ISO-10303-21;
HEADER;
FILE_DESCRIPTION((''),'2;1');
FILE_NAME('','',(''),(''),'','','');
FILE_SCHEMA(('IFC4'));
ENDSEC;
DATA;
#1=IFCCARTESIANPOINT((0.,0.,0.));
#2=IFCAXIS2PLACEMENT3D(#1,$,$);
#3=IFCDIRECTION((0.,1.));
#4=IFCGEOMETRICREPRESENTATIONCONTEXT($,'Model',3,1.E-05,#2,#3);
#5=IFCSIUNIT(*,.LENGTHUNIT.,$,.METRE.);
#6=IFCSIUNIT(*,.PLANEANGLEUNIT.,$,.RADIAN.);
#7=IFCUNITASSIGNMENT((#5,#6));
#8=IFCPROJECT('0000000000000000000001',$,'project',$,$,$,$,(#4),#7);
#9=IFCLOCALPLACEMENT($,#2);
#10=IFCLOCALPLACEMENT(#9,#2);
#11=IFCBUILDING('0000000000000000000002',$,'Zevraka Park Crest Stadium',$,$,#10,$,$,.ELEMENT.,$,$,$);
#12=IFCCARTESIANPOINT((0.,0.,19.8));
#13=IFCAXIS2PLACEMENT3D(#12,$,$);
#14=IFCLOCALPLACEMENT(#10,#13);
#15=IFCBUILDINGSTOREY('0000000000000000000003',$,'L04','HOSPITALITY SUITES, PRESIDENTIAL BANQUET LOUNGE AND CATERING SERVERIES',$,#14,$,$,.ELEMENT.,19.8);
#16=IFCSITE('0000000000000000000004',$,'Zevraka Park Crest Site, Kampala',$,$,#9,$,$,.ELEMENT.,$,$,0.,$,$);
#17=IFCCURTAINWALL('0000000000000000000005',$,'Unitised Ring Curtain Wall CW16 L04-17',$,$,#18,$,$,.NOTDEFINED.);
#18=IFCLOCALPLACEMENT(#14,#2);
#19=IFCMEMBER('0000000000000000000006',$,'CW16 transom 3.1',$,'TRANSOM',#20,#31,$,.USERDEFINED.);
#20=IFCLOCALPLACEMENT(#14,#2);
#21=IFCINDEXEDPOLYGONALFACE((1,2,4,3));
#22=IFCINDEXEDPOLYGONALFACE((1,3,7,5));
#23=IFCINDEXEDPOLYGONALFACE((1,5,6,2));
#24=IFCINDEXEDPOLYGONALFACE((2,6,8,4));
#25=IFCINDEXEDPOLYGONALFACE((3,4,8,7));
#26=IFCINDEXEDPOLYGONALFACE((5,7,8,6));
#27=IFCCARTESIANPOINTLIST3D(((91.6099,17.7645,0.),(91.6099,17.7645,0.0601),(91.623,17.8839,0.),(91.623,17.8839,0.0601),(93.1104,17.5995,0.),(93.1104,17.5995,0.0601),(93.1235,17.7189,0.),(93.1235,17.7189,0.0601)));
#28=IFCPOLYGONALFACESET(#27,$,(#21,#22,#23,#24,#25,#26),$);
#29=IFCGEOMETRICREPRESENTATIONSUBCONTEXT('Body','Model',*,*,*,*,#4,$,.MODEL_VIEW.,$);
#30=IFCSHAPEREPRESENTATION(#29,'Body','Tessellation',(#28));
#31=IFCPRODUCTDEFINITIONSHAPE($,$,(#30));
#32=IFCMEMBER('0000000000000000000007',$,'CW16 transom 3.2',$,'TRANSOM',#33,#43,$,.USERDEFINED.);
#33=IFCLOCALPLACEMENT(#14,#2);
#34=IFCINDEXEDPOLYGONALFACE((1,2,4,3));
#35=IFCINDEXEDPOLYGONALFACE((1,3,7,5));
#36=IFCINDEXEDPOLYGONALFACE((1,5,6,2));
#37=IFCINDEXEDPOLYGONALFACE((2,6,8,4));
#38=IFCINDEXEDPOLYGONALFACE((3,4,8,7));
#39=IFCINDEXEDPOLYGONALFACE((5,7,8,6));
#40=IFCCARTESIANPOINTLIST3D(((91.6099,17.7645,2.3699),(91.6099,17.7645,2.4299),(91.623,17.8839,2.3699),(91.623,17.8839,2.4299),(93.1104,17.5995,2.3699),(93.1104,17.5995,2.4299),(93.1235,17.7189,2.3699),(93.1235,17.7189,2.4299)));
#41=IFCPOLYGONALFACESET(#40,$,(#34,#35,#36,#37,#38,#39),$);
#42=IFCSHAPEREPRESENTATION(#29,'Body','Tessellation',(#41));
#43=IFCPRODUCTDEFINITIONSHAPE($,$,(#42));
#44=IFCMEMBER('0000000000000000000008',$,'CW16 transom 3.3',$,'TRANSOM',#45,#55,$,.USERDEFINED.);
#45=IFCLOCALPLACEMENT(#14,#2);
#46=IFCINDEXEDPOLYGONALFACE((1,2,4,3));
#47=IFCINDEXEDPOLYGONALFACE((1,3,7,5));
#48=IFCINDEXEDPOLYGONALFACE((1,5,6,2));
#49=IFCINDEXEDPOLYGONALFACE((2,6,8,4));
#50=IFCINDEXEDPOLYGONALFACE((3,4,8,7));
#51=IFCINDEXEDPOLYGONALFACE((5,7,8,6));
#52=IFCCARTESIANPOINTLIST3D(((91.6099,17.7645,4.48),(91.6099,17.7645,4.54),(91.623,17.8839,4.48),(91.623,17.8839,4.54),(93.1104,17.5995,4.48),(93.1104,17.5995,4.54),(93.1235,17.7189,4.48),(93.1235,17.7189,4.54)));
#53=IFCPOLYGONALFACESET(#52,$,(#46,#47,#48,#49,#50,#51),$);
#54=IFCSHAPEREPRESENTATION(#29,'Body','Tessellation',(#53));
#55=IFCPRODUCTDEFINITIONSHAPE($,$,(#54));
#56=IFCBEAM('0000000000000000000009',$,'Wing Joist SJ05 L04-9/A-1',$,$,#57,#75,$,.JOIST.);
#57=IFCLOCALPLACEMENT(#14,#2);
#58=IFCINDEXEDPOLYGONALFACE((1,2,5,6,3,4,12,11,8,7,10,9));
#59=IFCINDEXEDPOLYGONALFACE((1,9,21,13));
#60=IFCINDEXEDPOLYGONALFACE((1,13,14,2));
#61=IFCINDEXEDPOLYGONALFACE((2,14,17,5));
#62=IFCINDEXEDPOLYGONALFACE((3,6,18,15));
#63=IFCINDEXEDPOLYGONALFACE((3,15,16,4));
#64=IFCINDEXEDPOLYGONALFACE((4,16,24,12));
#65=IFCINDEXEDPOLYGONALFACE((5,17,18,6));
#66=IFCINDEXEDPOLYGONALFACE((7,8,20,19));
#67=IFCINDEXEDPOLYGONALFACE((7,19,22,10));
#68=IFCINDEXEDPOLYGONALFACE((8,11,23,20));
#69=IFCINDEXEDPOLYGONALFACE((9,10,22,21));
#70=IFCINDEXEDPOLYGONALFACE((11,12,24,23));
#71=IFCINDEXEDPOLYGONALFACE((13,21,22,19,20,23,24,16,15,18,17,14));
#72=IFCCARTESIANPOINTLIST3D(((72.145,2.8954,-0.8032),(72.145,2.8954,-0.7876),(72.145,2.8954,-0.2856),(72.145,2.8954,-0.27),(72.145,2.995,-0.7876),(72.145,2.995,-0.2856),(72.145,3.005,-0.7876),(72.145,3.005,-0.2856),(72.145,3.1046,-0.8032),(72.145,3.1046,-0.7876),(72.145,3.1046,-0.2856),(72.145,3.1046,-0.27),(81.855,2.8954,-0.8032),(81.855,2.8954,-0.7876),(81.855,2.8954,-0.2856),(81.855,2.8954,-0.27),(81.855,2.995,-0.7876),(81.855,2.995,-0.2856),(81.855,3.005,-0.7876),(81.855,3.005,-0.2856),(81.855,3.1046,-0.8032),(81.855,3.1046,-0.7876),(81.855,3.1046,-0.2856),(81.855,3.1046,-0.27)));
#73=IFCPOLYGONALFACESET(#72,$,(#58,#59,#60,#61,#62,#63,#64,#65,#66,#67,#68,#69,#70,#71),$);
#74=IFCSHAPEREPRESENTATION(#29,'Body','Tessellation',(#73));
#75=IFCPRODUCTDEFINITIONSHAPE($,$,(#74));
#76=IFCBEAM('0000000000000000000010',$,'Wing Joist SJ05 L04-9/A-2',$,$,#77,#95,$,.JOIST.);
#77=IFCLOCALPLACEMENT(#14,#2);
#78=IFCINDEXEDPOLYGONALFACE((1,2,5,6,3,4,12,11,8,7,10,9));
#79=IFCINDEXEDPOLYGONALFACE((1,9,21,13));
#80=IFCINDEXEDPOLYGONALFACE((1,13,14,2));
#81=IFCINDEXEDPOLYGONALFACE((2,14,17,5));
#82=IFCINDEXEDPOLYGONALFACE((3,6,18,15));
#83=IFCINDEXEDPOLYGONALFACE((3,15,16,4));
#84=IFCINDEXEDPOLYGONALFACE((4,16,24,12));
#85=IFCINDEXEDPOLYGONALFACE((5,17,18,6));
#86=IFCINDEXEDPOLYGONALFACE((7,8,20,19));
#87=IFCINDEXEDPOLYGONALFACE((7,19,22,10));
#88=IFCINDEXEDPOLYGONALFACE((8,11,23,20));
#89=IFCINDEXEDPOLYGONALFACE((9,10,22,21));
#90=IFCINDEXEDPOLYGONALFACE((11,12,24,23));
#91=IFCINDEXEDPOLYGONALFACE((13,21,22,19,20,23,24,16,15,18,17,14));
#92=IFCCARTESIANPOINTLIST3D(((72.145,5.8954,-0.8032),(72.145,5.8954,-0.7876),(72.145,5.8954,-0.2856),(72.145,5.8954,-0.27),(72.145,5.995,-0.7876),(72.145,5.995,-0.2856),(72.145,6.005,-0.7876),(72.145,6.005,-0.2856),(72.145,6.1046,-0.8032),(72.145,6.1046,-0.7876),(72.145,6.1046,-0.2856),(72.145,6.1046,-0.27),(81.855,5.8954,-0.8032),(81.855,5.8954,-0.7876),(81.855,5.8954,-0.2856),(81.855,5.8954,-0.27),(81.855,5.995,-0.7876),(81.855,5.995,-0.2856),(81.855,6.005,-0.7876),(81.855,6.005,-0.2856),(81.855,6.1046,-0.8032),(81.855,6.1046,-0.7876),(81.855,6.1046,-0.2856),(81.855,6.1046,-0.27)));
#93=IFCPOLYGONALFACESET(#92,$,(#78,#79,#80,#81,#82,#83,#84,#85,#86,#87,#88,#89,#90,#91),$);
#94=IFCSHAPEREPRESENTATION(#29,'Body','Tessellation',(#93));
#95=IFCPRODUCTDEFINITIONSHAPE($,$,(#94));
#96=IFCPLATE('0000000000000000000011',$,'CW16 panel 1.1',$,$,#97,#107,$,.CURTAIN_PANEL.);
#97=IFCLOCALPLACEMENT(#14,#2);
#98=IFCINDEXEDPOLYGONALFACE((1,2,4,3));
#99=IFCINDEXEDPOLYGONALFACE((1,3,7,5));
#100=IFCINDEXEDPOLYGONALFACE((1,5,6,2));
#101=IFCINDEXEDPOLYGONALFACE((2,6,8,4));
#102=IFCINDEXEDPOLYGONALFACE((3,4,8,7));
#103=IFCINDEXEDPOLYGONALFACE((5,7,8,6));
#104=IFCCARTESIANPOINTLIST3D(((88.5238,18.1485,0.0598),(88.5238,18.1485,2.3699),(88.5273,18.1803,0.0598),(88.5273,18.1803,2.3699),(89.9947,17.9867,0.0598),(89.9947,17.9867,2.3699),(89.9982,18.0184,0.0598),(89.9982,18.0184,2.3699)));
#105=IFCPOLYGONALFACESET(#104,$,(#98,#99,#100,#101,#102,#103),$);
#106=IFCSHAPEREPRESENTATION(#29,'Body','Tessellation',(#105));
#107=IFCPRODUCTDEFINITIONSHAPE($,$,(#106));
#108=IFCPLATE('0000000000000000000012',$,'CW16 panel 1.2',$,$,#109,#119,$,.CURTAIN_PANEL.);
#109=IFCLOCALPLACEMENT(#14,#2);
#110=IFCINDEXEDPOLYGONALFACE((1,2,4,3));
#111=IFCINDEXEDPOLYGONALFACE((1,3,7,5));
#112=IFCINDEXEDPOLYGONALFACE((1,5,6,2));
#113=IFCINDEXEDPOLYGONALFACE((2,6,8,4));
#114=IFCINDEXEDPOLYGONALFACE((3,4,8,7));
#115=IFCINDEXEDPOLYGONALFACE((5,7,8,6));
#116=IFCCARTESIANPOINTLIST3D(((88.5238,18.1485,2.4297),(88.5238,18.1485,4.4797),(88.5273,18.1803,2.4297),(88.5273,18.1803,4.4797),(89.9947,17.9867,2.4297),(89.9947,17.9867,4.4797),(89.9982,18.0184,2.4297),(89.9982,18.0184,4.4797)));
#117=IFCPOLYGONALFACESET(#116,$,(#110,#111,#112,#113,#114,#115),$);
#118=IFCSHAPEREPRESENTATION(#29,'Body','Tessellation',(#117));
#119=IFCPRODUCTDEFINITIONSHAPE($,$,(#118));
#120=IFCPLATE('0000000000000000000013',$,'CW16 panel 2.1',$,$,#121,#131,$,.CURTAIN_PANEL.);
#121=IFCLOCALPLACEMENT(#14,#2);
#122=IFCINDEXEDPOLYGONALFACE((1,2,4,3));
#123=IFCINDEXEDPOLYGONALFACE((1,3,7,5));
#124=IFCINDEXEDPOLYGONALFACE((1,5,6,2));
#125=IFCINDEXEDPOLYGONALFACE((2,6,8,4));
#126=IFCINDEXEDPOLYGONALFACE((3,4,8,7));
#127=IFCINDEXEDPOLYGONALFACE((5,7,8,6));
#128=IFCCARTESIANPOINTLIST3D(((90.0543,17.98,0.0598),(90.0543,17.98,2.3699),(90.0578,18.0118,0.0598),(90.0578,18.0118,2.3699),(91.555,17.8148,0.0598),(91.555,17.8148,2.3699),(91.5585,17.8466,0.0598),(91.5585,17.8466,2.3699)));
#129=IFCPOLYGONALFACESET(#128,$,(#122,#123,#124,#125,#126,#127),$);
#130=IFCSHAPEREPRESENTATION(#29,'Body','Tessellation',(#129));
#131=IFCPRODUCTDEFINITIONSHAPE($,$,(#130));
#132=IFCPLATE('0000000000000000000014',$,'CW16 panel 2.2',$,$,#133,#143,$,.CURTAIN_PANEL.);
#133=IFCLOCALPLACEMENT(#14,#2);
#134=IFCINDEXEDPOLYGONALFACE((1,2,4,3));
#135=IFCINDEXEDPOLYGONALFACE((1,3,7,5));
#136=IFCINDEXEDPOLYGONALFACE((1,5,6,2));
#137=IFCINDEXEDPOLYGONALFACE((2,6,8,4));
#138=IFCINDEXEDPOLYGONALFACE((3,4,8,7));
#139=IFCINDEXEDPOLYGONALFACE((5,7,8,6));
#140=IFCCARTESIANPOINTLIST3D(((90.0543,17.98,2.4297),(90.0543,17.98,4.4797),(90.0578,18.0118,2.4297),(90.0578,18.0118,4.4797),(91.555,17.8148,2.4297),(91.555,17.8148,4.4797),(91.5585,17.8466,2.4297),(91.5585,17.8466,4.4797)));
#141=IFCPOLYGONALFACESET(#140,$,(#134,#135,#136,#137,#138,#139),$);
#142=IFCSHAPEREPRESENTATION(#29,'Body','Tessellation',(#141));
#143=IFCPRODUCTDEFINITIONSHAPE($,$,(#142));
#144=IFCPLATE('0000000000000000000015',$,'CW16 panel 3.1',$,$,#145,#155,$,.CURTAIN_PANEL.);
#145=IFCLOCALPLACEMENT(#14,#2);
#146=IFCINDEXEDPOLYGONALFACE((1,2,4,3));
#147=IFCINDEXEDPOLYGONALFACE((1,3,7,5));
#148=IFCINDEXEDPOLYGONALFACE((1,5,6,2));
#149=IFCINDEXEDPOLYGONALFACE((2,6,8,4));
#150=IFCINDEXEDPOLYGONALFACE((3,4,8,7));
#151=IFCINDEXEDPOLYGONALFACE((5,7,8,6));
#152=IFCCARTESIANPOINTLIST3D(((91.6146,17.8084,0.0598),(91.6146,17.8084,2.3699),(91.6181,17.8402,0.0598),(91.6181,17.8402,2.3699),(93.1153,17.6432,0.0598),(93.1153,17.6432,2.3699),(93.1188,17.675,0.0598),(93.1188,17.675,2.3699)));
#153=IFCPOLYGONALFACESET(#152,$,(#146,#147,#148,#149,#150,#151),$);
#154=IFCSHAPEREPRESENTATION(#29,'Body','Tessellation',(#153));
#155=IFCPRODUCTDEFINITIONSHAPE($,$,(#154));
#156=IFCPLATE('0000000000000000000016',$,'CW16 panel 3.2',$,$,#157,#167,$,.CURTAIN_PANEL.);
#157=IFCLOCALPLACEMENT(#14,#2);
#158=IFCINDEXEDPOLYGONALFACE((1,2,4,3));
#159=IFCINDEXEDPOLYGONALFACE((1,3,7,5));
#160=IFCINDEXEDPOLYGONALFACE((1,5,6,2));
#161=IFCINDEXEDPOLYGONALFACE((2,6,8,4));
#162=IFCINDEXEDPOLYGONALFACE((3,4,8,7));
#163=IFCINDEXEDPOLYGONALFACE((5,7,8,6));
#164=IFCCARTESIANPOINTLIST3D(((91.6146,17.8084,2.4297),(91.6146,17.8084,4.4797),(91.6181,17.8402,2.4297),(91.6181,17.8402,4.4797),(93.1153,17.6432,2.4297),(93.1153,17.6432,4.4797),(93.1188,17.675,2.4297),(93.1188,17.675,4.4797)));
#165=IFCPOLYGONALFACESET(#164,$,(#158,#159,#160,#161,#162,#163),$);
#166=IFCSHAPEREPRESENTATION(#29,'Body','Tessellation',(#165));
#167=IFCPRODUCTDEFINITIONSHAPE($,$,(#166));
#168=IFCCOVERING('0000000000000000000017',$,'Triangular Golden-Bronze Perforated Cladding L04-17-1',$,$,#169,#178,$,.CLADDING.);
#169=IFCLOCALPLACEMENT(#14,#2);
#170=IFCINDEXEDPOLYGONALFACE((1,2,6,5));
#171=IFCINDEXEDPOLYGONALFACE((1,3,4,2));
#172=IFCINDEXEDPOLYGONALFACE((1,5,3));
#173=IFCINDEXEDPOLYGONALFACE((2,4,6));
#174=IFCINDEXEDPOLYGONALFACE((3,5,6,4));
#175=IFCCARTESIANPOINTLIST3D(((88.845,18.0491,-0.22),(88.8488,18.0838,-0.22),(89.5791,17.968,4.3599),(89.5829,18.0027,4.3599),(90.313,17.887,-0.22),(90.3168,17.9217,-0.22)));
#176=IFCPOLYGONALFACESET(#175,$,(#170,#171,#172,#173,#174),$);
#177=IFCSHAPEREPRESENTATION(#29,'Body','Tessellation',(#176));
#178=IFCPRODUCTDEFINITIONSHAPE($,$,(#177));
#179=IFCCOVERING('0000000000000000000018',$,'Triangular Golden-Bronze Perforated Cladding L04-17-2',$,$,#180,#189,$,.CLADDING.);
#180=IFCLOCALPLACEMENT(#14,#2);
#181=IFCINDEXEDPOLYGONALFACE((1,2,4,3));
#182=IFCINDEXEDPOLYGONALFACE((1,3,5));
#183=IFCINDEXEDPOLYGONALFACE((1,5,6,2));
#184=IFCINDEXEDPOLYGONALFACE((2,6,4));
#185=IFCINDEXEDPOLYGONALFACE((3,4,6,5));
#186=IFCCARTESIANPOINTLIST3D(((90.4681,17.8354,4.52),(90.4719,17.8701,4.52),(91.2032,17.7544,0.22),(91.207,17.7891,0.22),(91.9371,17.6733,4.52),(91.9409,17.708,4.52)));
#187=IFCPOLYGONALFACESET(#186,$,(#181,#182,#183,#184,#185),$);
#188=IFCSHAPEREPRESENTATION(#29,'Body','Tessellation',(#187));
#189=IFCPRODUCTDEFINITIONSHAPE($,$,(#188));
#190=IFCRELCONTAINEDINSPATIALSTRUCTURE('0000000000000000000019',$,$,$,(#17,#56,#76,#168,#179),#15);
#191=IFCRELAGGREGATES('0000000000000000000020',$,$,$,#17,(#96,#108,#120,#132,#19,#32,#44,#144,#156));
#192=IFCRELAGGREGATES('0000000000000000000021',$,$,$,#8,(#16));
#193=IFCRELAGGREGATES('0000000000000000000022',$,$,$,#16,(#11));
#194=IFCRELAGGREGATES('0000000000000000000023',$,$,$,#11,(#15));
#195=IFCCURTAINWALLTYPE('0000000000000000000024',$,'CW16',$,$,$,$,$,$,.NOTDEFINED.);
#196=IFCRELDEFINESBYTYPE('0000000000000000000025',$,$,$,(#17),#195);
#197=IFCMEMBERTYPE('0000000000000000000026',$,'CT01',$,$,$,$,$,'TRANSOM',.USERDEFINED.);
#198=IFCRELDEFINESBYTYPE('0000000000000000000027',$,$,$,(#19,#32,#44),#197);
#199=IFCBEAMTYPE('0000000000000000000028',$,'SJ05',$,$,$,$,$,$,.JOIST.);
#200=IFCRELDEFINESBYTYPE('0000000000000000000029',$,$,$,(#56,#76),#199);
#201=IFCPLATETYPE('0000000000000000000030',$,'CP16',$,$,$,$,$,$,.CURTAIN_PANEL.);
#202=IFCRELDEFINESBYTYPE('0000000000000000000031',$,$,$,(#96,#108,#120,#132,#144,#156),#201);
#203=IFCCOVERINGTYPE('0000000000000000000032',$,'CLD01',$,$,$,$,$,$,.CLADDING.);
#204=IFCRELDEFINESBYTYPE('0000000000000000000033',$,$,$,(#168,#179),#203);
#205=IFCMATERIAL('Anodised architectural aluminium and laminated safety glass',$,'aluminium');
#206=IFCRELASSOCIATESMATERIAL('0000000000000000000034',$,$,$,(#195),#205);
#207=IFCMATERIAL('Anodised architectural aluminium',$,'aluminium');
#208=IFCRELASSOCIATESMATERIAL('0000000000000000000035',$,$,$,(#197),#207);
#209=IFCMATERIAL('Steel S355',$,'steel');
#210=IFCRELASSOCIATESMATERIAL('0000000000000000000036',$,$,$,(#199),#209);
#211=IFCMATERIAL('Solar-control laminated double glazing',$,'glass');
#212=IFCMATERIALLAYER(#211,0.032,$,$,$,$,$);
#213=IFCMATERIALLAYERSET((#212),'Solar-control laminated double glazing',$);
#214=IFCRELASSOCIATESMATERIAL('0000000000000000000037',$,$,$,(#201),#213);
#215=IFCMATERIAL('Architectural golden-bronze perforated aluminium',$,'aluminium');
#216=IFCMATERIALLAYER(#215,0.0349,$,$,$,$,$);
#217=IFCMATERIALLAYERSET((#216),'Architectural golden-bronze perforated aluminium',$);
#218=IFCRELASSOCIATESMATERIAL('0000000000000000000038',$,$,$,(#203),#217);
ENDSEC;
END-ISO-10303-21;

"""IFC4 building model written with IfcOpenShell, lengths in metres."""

from ifc_helpers import new_model, si_unit, direction, frame, origin, origin_2d, place, context, subcontext, project, spatial, polyline, rectangle, i_section, outline, extrude, material, layer, layer_set, material_profile, profile_set, type_object, element, aggregate, save


model = new_model("IFC4")

# Units and contexts
model_context = context("Model", 3, precision=1e-05, world=origin(), true_north=direction((0.0, 1.0)))
body_context = subcontext(model_context, "Body", "Model", "MODEL_VIEW")
ifc_project = project(units=[si_unit("LENGTHUNIT", "METRE"), si_unit("PLANEANGLEUNIT", "RADIAN")], contexts=[model_context])

# Site, building, storey
site_placement = place(None, origin())
site = spatial("IfcSite", under=ifc_project, at=site_placement, Name="Zevraka Park Crest Site, Kampala", CompositionType="ELEMENT", RefElevation=0.0)
building_placement = place(site_placement, origin())
building = spatial("IfcBuilding", under=site, at=building_placement, Name="Zevraka Park Crest Stadium", CompositionType="ELEMENT")
storey_placement = place(building_placement, frame((0.0, 0.0, 19.8)))
storey = spatial("IfcBuildingStorey", under=building, at=storey_placement, Name="L04", Description="HOSPITALITY SUITES, PRESIDENTIAL BANQUET LOUNGE AND CATERING SERVERIES", CompositionType="ELEMENT", Elevation=19.8)

# Curtain wall, members
ifc_material_1 = material(Name="Anodised architectural aluminium and laminated safety glass", Category="aluminium")
curtain_wall_type = type_object("IfcCurtainWallType", Name="CW16", PredefinedType="NOTDEFINED", material=ifc_material_1)
curtain_wall_placement = place(storey_placement, origin())
curtain_wall = element("IfcCurtainWall", 1, at=curtain_wall_placement, inside=storey, type_object=curtain_wall_type, Name="Unitised Ring Curtain Wall CW16 L04-17", PredefinedType="NOTDEFINED")
ifc_material_2 = material(Name="Anodised architectural aluminium", Category="aluminium")
ifc_material_profile_1 = material_profile(ifc_material_2, rectangle(XDim=0.1201, YDim=0.0601, at=origin_2d()), Name="ALU TRANSOM 120x60")
ifc_profile_set_1 = profile_set([ifc_material_profile_1], Name="Anodised architectural aluminium")
member_type_1 = type_object("IfcMemberType", Name="CT01", ElementType="TRANSOM", PredefinedType="USERDEFINED", material=ifc_profile_set_1)
member_1_placement = place(storey_placement, frame((91.6165, 17.8242, 0.03), z_axis=(0.994005, -0.109331, 0.0), x_axis=(0.109331, 0.994005, 0.0)))
member_1 = element("IfcMember", 2, at=member_1_placement, type_object=member_type_1, Name="CW16 transom 3.1", ObjectType="TRANSOM", PredefinedType="USERDEFINED", context=body_context, shape_type="SweptSolid", body=[
    extrude(rectangle(XDim=0.1201, YDim=0.0601, at=origin_2d()), origin(), (0.0, 0.0, 1.0), 1.5095),
])
member_2_placement = place(storey_placement, frame((91.6165, 17.8242, 2.3999), z_axis=(0.994005, -0.109331, 0.0), x_axis=(0.109331, 0.994005, 0.0)))
member_2 = element("IfcMember", 3, at=member_2_placement, type_object=member_type_1, Name="CW16 transom 3.2", ObjectType="TRANSOM", PredefinedType="USERDEFINED", context=body_context, shape_type="SweptSolid", body=[
    extrude(rectangle(XDim=0.1201, YDim=0.0601, at=origin_2d()), origin(), (0.0, 0.0, 1.0), 1.5095),
])
member_3_placement = place(storey_placement, frame((91.6165, 17.8242, 4.51), z_axis=(0.994005, -0.109331, 0.0), x_axis=(0.109331, 0.994005, 0.0)))
member_3 = element("IfcMember", 4, at=member_3_placement, type_object=member_type_1, Name="CW16 transom 3.3", ObjectType="TRANSOM", PredefinedType="USERDEFINED", context=body_context, shape_type="SweptSolid", body=[
    extrude(rectangle(XDim=0.1201, YDim=0.0601, at=origin_2d()), origin(), (0.0, 0.0, 1.0), 1.5095),
])

# Beams
ifc_material_3 = material(Name="Steel S355", Category="steel")
ifc_material_profile_2 = material_profile(ifc_material_3, i_section(OverallWidth=0.2092, OverallDepth=0.5332, WebThickness=0.01, FlangeThickness=0.0156, at=origin_2d()), Name="UKB 533x210x92")
ifc_profile_set_2 = profile_set([ifc_material_profile_2], Name="Steel S355")
beam_type_1 = type_object("IfcBeamType", Name="SJ05", PredefinedType="JOIST", material=ifc_profile_set_2)
for number, where, z_axis, x_axis, name in (
    (5, (72.145, 3.0, -0.5366), (1.0, 0.0, 0.0), (0.0, 1.0, 0.0), "Wing Joist SJ05 L04-9/A-1"),
    (6, (72.145, 6.0, -0.5366), (1.0, 0.0, 0.0), (0.0, 1.0, 0.0), "Wing Joist SJ05 L04-9/A-2"),
):
    element("IfcBeam", number, at=place(storey_placement, frame(where, z_axis=z_axis, x_axis=x_axis)), inside=storey, type_object=beam_type_1, Name=name, PredefinedType="JOIST", context=body_context, shape_type="SweptSolid", body=[
        extrude(i_section(OverallWidth=0.2092, OverallDepth=0.5332, WebThickness=0.01, FlangeThickness=0.0156, at=origin_2d()), origin(), (0.0, 0.0, 1.0), 9.71),
    ])

# Plates
ifc_material_4 = material(Name="Solar-control laminated double glazing", Category="glass")
ifc_layer_1 = layer(ifc_material_4, 0.032)
ifc_layer_set_1 = layer_set([ifc_layer_1], Name="Solar-control laminated double glazing")
plate_type = type_object("IfcPlateType", Name="CP16", PredefinedType="CURTAIN_PANEL", material=ifc_layer_set_1)
plate_1_placement = place(storey_placement, frame((89.261, 18.0835, 0.0598), z_axis=(0.0, 0.0, 1.0), x_axis=(0.993997, -0.109406, 0.0)))
plate_1 = element("IfcPlate", 7, at=plate_1_placement, type_object=plate_type, Name="CW16 panel 1.1", PredefinedType="CURTAIN_PANEL", context=body_context, shape_type="SweptSolid", body=[
    extrude(rectangle(XDim=1.4797, YDim=0.032, at=origin_2d()), origin(), (0.0, 0.0, 1.0), 2.3101),
])
plate_2_placement = place(storey_placement, frame((89.261, 18.0835, 2.4297), z_axis=(0.0, 0.0, 1.0), x_axis=(0.993997, -0.109406, 0.0)))
plate_2 = element("IfcPlate", 8, at=plate_2_placement, type_object=plate_type, Name="CW16 panel 1.2", PredefinedType="CURTAIN_PANEL", context=body_context, shape_type="SweptSolid", body=[
    extrude(rectangle(XDim=1.4797, YDim=0.032, at=origin_2d()), origin(), (0.0, 0.0, 1.0), 2.05),
])
plate_3_placement = place(storey_placement, frame((90.8064, 17.9133, 0.0598), z_axis=(0.0, 0.0, 1.0), x_axis=(0.993997, -0.109406, 0.0)))
plate_3 = element("IfcPlate", 9, at=plate_3_placement, type_object=plate_type, Name="CW16 panel 2.1", PredefinedType="CURTAIN_PANEL", context=body_context, shape_type="SweptSolid", body=[
    extrude(rectangle(XDim=1.5098, YDim=0.032, at=origin_2d()), origin(), (0.0, 0.0, 1.0), 2.3101),
])
plate_4_placement = place(storey_placement, frame((90.8064, 17.9133, 2.4297), z_axis=(0.0, 0.0, 1.0), x_axis=(0.993997, -0.109406, 0.0)))
plate_4 = element("IfcPlate", 10, at=plate_4_placement, type_object=plate_type, Name="CW16 panel 2.2", PredefinedType="CURTAIN_PANEL", context=body_context, shape_type="SweptSolid", body=[
    extrude(rectangle(XDim=1.5098, YDim=0.032, at=origin_2d()), origin(), (0.0, 0.0, 1.0), 2.05),
])
plate_5_placement = place(storey_placement, frame((92.3667, 17.7417, 0.0598), z_axis=(0.0, 0.0, 1.0), x_axis=(0.993997, -0.109406, 0.0)))
plate_5 = element("IfcPlate", 11, at=plate_5_placement, type_object=plate_type, Name="CW16 panel 3.1", PredefinedType="CURTAIN_PANEL", context=body_context, shape_type="SweptSolid", body=[
    extrude(rectangle(XDim=1.5098, YDim=0.032, at=origin_2d()), origin(), (0.0, 0.0, 1.0), 2.3101),
])
plate_6_placement = place(storey_placement, frame((92.3667, 17.7417, 2.4297), z_axis=(0.0, 0.0, 1.0), x_axis=(0.993997, -0.109406, 0.0)))
plate_6 = element("IfcPlate", 12, at=plate_6_placement, type_object=plate_type, Name="CW16 panel 3.2", PredefinedType="CURTAIN_PANEL", context=body_context, shape_type="SweptSolid", body=[
    extrude(rectangle(XDim=1.5098, YDim=0.032, at=origin_2d()), origin(), (0.0, 0.0, 1.0), 2.05),
])
aggregate(curtain_wall, [plate_1, plate_2, plate_3, plate_4, member_1, member_2, member_3, plate_5, plate_6])

# Coverings
ifc_material_5 = material(Name="Architectural golden-bronze perforated aluminium", Category="aluminium")
ifc_layer_2 = layer(ifc_material_5, 0.0349)
ifc_layer_set_2 = layer_set([ifc_layer_2], Name="Architectural golden-bronze perforated aluminium")
covering_type = type_object("IfcCoveringType", Name="CLD01", PredefinedType="CLADDING", material=ifc_layer_set_2)
covering_1_placement = place(storey_placement, frame((88.845, 18.0491, -0.22), z_axis=(-0.10976, -0.993958, 0.000003), x_axis=(0.993958, -0.10976, 0.0)))
element("IfcCovering", 13, at=covering_1_placement, inside=storey, type_object=covering_type, Name="Triangular Golden-Bronze Perforated Cladding L04-17-1", PredefinedType="CLADDING", context=body_context, shape_type="SweptSolid", body=[
    extrude(outline(polyline([(0.0, 0.0), (1.4769, 0.0), (0.7386, 4.5798), (0.0, 0.0)])), origin(), (0.0, 0.0, -1.0), 0.0349),
])
covering_2_placement = place(storey_placement, frame((91.9409, 17.708, 4.52), z_axis=(0.109688, 0.993966, 0.000016), x_axis=(-0.993966, 0.109688, 0.0)))
element("IfcCovering", 14, at=covering_2_placement, inside=storey, type_object=covering_type, Name="Triangular Golden-Bronze Perforated Cladding L04-17-2", PredefinedType="CLADDING", context=body_context, shape_type="SweptSolid", body=[
    extrude(outline(polyline([(0.0, 0.0), (1.4779, 0.0), (0.7383, -4.3), (0.0, 0.0)])), origin(), (0.0, 0.0, -1.0), 0.0349),
])

save(model, "model.ifc")
